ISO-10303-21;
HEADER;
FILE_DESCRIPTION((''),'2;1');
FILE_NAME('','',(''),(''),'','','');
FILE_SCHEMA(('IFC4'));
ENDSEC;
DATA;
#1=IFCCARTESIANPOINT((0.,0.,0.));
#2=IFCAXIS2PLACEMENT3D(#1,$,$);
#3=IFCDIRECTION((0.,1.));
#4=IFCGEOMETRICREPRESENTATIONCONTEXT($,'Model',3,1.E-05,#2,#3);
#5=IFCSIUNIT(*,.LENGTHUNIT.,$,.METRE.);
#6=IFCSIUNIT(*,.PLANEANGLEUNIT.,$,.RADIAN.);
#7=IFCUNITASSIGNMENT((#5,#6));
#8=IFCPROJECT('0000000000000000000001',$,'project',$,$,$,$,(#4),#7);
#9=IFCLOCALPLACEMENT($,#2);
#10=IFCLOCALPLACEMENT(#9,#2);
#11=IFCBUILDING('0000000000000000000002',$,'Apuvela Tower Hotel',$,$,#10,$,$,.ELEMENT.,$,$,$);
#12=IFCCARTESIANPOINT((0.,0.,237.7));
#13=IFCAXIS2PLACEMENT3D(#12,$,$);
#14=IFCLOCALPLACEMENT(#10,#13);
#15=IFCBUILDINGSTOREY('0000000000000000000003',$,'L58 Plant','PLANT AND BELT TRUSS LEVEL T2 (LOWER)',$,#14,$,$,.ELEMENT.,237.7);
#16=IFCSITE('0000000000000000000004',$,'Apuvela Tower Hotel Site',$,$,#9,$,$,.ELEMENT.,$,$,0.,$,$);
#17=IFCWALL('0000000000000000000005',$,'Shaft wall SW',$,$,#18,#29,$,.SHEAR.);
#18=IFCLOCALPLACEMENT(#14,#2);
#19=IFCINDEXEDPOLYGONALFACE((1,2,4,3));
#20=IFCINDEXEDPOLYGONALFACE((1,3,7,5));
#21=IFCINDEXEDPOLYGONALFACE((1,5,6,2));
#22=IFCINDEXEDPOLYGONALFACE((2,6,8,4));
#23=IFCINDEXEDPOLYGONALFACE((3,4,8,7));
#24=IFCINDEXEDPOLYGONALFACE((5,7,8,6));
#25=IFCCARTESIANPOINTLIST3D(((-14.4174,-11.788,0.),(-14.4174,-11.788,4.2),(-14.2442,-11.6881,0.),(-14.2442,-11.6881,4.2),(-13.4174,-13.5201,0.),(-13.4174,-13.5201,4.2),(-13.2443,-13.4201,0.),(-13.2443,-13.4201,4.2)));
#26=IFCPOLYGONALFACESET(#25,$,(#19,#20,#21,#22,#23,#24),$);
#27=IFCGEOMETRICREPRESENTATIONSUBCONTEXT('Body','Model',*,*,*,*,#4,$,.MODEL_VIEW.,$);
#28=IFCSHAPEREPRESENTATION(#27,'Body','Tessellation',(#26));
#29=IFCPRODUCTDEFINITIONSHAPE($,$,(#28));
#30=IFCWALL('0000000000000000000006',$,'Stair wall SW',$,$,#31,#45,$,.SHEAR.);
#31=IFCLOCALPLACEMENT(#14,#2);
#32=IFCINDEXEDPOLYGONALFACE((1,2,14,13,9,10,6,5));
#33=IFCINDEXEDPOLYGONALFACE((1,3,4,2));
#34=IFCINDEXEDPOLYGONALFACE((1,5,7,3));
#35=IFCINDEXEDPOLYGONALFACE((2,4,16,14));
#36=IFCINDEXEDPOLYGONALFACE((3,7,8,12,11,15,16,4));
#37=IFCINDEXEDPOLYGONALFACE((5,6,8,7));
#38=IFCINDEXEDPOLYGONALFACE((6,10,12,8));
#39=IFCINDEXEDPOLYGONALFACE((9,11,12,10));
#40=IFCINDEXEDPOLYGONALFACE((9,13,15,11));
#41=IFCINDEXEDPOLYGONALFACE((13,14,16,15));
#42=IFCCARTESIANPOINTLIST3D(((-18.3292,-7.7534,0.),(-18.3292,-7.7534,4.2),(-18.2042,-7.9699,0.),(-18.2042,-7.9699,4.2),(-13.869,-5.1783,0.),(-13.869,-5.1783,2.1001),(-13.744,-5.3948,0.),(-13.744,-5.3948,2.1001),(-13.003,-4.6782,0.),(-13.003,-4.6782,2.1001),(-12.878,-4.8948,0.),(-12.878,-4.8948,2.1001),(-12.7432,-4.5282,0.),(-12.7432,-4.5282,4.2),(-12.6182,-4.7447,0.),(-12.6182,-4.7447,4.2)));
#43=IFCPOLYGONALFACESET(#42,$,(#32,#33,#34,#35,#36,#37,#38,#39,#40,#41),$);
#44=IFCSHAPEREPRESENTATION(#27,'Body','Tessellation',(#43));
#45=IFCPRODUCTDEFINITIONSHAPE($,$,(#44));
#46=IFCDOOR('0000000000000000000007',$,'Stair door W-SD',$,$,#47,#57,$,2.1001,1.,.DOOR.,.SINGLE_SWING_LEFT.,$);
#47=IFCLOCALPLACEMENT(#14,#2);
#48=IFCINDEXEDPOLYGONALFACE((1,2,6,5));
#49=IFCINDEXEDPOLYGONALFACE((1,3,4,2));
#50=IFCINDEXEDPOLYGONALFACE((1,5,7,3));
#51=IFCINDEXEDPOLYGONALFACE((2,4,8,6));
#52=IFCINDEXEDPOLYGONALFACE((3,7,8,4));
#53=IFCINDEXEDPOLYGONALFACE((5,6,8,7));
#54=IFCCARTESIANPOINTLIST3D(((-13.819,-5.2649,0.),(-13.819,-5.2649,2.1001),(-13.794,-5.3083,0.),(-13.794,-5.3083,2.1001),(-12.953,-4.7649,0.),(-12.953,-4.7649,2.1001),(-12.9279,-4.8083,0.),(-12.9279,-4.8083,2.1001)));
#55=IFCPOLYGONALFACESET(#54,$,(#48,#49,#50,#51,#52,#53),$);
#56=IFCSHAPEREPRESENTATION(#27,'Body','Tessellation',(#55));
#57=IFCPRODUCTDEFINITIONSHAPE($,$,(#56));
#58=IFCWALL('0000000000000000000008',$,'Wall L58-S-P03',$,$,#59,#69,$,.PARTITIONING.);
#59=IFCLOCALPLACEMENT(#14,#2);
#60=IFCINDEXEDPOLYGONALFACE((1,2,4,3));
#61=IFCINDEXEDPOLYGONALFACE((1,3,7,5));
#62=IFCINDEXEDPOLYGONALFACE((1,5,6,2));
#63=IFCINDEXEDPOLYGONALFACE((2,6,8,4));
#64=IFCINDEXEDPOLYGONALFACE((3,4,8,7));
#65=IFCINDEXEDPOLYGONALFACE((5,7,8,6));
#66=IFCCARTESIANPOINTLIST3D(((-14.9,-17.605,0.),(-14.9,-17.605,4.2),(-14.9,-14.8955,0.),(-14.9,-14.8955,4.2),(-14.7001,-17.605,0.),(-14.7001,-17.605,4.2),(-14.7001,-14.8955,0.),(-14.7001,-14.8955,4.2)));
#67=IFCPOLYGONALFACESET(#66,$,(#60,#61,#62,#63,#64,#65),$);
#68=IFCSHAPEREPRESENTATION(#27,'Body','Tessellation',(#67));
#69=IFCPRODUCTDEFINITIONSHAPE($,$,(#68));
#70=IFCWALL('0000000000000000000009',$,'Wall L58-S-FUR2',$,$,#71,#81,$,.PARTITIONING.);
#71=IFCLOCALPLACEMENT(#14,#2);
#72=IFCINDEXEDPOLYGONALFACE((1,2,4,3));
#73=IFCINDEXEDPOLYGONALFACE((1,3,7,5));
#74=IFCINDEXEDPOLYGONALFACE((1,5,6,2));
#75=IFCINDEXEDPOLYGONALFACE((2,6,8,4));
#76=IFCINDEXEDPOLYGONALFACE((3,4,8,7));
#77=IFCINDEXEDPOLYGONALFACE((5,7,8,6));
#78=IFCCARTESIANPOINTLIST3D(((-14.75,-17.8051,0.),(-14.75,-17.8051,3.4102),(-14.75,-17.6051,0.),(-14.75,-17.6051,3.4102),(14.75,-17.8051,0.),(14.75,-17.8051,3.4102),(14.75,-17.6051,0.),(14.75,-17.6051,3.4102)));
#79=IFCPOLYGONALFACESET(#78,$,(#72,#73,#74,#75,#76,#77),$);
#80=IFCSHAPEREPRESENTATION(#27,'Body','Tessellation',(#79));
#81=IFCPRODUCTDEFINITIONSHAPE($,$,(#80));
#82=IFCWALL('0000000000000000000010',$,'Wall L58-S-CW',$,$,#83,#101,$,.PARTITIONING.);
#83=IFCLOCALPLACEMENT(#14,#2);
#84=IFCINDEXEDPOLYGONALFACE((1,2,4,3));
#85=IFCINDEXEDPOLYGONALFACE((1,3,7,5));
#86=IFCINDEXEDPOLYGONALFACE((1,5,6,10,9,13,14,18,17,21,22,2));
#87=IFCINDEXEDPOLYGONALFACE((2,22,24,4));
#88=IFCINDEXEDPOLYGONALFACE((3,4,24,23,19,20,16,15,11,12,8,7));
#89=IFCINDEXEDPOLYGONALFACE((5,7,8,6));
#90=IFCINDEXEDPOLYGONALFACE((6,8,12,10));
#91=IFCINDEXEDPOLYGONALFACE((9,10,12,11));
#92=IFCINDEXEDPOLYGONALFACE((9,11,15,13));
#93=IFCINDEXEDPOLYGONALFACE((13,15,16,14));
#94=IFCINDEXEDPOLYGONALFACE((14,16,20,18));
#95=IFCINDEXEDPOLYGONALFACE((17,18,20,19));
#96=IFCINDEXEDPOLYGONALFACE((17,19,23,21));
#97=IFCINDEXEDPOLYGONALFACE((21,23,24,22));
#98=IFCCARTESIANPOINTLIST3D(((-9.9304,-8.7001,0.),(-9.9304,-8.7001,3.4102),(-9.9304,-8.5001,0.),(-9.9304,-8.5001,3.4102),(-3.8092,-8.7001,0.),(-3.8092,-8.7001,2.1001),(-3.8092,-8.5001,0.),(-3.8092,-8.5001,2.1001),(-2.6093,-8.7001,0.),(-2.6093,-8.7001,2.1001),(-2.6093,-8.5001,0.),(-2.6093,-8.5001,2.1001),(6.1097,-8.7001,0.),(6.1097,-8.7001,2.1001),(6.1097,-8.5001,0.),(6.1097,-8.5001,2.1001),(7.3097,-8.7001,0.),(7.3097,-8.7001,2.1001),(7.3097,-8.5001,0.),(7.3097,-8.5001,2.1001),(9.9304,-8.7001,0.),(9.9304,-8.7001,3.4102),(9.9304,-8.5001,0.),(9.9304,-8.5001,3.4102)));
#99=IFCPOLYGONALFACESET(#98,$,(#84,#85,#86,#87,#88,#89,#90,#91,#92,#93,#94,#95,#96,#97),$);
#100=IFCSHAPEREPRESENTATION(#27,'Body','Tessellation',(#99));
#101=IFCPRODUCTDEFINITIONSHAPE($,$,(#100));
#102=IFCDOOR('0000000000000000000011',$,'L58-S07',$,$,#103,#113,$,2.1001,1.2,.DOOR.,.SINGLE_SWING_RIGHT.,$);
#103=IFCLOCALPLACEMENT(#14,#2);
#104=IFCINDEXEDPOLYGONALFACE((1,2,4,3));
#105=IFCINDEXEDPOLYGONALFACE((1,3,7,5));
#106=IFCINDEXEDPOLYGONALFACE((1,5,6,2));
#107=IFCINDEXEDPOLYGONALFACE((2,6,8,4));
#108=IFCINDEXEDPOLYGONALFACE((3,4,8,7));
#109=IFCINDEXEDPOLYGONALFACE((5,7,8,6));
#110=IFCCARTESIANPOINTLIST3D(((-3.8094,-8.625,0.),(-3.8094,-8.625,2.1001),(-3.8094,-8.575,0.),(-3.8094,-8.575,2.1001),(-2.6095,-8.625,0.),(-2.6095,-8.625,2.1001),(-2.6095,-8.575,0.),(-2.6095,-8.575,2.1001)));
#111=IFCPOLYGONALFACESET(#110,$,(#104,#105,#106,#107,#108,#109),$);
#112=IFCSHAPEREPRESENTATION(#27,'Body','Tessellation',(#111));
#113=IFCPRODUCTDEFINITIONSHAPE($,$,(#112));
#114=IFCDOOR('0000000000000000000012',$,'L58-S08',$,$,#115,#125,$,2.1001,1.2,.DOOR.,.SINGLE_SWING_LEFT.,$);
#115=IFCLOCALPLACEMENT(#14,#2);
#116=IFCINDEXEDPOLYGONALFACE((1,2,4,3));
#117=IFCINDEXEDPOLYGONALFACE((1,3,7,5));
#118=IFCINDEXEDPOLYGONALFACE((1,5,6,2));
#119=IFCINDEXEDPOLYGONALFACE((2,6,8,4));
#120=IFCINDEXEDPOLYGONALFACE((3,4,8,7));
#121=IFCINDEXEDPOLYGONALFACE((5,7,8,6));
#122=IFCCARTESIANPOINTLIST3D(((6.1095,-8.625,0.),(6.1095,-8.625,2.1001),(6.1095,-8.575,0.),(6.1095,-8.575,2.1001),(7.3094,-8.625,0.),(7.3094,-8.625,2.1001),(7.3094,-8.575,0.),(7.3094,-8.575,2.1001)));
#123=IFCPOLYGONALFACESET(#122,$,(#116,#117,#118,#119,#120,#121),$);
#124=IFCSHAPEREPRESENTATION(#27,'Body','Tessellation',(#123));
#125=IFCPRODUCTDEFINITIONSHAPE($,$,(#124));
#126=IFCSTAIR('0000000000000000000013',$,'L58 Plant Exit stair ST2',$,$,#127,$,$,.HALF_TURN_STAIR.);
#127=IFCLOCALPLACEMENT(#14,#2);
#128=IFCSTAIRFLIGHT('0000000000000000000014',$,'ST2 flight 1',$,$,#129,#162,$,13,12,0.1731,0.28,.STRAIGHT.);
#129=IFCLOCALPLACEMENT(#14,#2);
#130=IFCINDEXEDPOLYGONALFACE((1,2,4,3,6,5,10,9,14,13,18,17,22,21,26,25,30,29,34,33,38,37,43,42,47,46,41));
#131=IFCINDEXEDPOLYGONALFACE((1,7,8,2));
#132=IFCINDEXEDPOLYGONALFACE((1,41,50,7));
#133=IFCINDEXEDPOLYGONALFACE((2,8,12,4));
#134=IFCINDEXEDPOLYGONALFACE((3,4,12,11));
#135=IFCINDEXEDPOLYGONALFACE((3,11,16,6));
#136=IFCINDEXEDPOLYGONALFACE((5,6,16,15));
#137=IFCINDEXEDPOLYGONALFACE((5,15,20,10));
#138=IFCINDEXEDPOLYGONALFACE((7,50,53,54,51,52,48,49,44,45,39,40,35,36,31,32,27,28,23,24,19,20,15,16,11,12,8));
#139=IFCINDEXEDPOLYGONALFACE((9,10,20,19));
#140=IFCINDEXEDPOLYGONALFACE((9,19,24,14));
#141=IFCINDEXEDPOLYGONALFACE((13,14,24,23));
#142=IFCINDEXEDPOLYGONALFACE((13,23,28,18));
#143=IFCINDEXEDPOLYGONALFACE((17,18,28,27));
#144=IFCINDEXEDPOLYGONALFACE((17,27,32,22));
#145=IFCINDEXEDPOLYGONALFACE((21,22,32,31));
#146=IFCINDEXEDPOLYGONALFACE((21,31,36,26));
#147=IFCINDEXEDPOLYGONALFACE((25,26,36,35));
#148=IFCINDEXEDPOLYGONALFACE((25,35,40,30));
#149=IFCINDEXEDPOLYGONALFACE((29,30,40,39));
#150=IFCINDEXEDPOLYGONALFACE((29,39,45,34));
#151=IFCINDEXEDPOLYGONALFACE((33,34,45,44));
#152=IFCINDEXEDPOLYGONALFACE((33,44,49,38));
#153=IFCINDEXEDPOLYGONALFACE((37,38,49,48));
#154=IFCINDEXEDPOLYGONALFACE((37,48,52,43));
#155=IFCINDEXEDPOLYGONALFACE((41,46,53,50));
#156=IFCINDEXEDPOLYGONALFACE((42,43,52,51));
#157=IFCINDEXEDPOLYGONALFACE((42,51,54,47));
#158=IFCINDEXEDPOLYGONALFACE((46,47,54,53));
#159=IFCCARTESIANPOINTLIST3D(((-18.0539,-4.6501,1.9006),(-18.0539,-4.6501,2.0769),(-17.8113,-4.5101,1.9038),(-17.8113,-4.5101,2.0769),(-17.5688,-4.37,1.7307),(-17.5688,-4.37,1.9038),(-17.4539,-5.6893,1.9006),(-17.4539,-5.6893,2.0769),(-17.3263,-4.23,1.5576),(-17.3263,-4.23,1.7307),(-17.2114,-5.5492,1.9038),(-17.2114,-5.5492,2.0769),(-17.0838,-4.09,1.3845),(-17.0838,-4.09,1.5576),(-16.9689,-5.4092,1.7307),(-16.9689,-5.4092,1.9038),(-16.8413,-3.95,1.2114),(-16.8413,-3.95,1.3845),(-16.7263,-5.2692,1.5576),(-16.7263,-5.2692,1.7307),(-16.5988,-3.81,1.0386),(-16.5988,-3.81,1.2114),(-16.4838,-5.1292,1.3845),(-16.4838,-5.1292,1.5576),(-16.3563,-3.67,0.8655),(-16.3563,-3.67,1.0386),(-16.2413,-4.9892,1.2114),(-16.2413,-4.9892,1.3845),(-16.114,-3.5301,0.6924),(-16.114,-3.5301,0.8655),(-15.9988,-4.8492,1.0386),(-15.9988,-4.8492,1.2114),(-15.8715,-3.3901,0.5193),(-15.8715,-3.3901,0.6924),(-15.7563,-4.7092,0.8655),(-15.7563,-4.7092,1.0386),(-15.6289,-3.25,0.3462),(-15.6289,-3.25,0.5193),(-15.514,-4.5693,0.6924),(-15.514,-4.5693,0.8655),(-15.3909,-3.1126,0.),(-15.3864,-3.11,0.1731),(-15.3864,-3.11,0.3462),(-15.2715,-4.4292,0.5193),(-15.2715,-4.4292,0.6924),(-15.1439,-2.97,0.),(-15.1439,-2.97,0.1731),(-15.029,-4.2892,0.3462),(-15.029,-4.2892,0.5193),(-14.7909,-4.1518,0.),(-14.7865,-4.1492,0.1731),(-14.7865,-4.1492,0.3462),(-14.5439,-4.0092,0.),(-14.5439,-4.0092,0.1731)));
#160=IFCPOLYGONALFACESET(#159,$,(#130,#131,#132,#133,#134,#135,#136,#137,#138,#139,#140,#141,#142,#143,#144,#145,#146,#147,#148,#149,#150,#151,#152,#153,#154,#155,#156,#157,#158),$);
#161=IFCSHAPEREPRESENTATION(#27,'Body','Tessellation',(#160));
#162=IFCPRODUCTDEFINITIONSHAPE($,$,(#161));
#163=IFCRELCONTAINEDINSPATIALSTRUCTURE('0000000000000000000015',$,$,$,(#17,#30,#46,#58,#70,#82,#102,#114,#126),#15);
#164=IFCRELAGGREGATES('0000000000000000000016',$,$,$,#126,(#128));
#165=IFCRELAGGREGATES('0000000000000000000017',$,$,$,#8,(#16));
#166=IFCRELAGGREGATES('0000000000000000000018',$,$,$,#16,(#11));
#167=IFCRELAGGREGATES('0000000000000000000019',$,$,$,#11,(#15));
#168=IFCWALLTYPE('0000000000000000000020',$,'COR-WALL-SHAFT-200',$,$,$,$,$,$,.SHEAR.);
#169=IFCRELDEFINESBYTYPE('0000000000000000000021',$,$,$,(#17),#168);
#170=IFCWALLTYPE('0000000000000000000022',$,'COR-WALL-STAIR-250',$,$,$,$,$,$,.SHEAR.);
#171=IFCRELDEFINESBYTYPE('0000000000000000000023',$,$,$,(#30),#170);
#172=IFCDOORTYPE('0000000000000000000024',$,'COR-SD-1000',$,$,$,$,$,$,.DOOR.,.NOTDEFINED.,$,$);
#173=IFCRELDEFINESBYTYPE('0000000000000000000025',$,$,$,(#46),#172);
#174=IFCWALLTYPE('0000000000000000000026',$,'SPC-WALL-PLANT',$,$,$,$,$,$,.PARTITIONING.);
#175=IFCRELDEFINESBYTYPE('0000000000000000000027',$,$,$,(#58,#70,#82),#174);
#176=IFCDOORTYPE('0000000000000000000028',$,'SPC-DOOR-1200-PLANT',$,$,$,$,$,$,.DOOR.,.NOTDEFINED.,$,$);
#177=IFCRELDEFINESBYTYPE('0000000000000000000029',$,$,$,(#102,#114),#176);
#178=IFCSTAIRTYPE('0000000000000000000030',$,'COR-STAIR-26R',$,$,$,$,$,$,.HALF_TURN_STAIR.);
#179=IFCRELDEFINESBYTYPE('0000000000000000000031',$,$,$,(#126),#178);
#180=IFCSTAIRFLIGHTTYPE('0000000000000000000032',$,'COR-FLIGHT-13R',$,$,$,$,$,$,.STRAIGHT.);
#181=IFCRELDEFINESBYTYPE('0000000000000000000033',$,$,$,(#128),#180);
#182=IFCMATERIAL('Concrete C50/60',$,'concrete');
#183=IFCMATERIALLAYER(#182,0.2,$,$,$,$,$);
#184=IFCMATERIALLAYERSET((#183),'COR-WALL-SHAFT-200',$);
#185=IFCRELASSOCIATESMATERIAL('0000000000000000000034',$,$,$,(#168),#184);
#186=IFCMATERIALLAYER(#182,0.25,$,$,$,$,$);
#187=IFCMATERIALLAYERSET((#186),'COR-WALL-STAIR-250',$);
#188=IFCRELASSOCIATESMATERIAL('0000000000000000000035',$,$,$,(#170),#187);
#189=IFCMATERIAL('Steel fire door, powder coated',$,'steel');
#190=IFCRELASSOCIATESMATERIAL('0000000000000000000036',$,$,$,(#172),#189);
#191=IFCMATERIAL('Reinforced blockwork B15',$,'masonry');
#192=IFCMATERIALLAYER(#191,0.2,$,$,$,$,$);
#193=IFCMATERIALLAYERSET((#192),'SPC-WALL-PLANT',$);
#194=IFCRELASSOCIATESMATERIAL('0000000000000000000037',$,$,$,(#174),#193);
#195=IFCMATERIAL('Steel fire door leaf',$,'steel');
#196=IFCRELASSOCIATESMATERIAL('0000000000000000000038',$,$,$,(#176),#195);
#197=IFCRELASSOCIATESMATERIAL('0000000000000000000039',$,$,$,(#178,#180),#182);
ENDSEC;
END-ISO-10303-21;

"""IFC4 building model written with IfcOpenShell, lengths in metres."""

from ifc_helpers import new_model, si_unit, direction, frame, frame_2d, origin, place, context, subcontext, project, spatial, polyline, rectangle, outline, extrude, material, layer, layer_set, type_object, element, fill, aggregate, save


model = new_model("IFC4")

# Units and contexts
model_context = context("Model", 3, precision=1e-05, world=origin(), true_north=direction((0.0, 1.0)))
body_context = subcontext(model_context, "Body", "Model", "MODEL_VIEW")
ifc_project = project(units=[si_unit("LENGTHUNIT", "METRE"), si_unit("PLANEANGLEUNIT", "RADIAN")], contexts=[model_context])

# Site, building, storey
site_placement = place(None, origin())
site = spatial("IfcSite", under=ifc_project, at=site_placement, Name="Apuvela Tower Hotel Site", CompositionType="ELEMENT", RefElevation=0.0)
building_placement = place(site_placement, origin())
building = spatial("IfcBuilding", under=site, at=building_placement, Name="Apuvela Tower Hotel", CompositionType="ELEMENT")
storey_placement = place(building_placement, frame((0.0, 0.0, 237.7)))
storey = spatial("IfcBuildingStorey", under=building, at=storey_placement, Name="L58 Plant", Description="PLANT AND BELT TRUSS LEVEL T2 (LOWER)", CompositionType="ELEMENT", Elevation=237.7)

# Shared definitions
ifc_material_1 = material(Name="Concrete C50/60", Category="concrete")

# Shared definitions
ifc_layer_1 = layer(ifc_material_1, 0.2)
ifc_layer_set_1 = layer_set([ifc_layer_1], Name="COR-WALL-SHAFT-200")
wall_type_1 = type_object("IfcWallType", Name="COR-WALL-SHAFT-200", PredefinedType="SHEAR", material=ifc_layer_set_1)

# Wall
for number, where, z_axis, x_axis, name in (
    (1, (-14.3308, -11.738, 0.0), (0.0, 0.0, 1.0), (0.499973, -0.866041, 0.0), "Shaft wall SW"),
):
    element("IfcWall", number, at=place(storey_placement, frame(where, z_axis=z_axis, x_axis=x_axis)), inside=storey, type_object=wall_type_1, Name=name, PredefinedType="SHEAR", context=body_context, shape_type="SweptSolid", body=[
        extrude(rectangle(XDim=2.0, YDim=0.2, at=frame_2d((1.0, 0.0))), origin(), (0.0, 0.0, 1.0), 4.2),
    ])

# Wall, opening, door
ifc_layer_2 = layer(ifc_material_1, 0.25)
ifc_layer_set_2 = layer_set([ifc_layer_2], Name="COR-WALL-STAIR-250")
wall_type_2 = type_object("IfcWallType", Name="COR-WALL-STAIR-250", PredefinedType="SHEAR", material=ifc_layer_set_2)
wall_1_placement = place(storey_placement, frame((-12.6807, -4.6365, 0.0), z_axis=(0.0, 0.0, 1.0), x_axis=(-0.866022, -0.500006, 0.0)))
wall_1 = element("IfcWall", 2, at=wall_1_placement, inside=storey, type_object=wall_type_2, Name="Stair wall SW", PredefinedType="SHEAR", context=body_context, shape_type="SweptSolid", body=[
    extrude(rectangle(XDim=6.4502, YDim=0.25, at=frame_2d((3.2251, 0.0))), origin(), (0.0, 0.0, 1.0), 4.2),
])
opening_1_placement = place(wall_1_placement, frame((0.3, 0.0, 0.0)))
opening_1 = element("IfcOpeningElement", 3, at=opening_1_placement, cuts=wall_1, PredefinedType="OPENING", context=body_context, shape_type="SweptSolid", body=[
    extrude(rectangle(XDim=1.0, YDim=2.1001, at=frame_2d((0.5, 1.05))), frame((0.0, 0.135, 0.0), z_axis=(0.0, -1.0, 0.0), x_axis=(1.0, 0.0, 0.0)), (0.0, 0.0, 1.0), 0.27),
])
ifc_material_2 = material(Name="Steel fire door, powder coated", Category="steel")
door_type_1 = type_object("IfcDoorType", Name="COR-SD-1000", OperationType="NOTDEFINED", PredefinedType="DOOR", material=ifc_material_2)
door_1_placement = place(opening_1_placement, frame((1.0, 0.0, 0.0), z_axis=(0.0, 0.0, 1.0), x_axis=(-1.0, 0.0, 0.0)))
door_1 = element("IfcDoor", 4, at=door_1_placement, inside=storey, type_object=door_type_1, Name="Stair door W-SD", OperationType="SINGLE_SWING_LEFT", OverallHeight=2.1001, OverallWidth=1.0, PredefinedType="DOOR", context=body_context, shape_type="SweptSolid", body=[
    extrude(rectangle(XDim=1.0, YDim=2.1001, at=frame_2d((0.5, 1.05))), frame((0.0, 0.0249, 0.0), z_axis=(0.0, -1.0, 0.0), x_axis=(1.0, 0.0, 0.0)), (0.0, 0.0, 1.0), 0.05),
])
fill(opening_1, door_1)

# Walls
ifc_material_3 = material(Name="Reinforced blockwork B15", Category="masonry")
ifc_layer_3 = layer(ifc_material_3, 0.2)
ifc_layer_set_3 = layer_set([ifc_layer_3], Name="SPC-WALL-PLANT")
wall_type_3 = type_object("IfcWallType", Name="SPC-WALL-PLANT", PredefinedType="PARTITIONING", material=ifc_layer_set_3)
wall_2_placement = place(storey_placement, frame((-14.8, -17.605, 0.0), z_axis=(0.0, 0.0, 1.0), x_axis=(0.0, 1.0, 0.0)))
element("IfcWall", 5, at=wall_2_placement, inside=storey, type_object=wall_type_3, Name="Wall L58-S-P03", PredefinedType="PARTITIONING", context=body_context, shape_type="SweptSolid", body=[
    extrude(rectangle(XDim=2.7095, YDim=0.2, at=frame_2d((1.3547, 0.0))), origin(), (0.0, 0.0, 1.0), 4.2),
])
wall_3_placement = place(storey_placement, frame((-14.75, -17.7051, 0.0), z_axis=(0.0, 0.0, 1.0), x_axis=(1.0, 0.0, 0.0)))
element("IfcWall", 6, at=wall_3_placement, inside=storey, type_object=wall_type_3, Name="Wall L58-S-FUR2", PredefinedType="PARTITIONING", context=body_context, shape_type="SweptSolid", body=[
    extrude(rectangle(XDim=29.5, YDim=0.2, at=frame_2d((14.75, 0.0))), origin(), (0.0, 0.0, 1.0), 3.4102),
])

# Wall, openings, doors
wall_4_placement = place(storey_placement, frame((-9.9304, -8.6001, 0.0), z_axis=(0.0, 0.0, 1.0), x_axis=(1.0, 0.0, 0.0)))
wall_4 = element("IfcWall", 7, at=wall_4_placement, inside=storey, type_object=wall_type_3, Name="Wall L58-S-CW", PredefinedType="PARTITIONING", context=body_context, shape_type="SweptSolid", body=[
    extrude(rectangle(XDim=19.8608, YDim=0.2, at=frame_2d((9.9304, 0.0))), origin(), (0.0, 0.0, 1.0), 3.4102),
])
opening_2_placement = place(wall_4_placement, frame((6.1211, 0.0, 0.0)))
opening_2 = element("IfcOpeningElement", 8, at=opening_2_placement, cuts=wall_4, PredefinedType="OPENING", context=body_context, shape_type="SweptSolid", body=[
    extrude(rectangle(XDim=1.2, YDim=2.1001, at=frame_2d((0.6001, 1.05))), frame((0.0, 0.1099, 0.0), z_axis=(0.0, -1.0, 0.0), x_axis=(1.0, 0.0, 0.0)), (0.0, 0.0, 1.0), 0.22),
])
opening_3_placement = place(wall_4_placement, frame((16.04, 0.0, 0.0)))
opening_3 = element("IfcOpeningElement", 9, at=opening_3_placement, cuts=wall_4, PredefinedType="OPENING", context=body_context, shape_type="SweptSolid", body=[
    extrude(rectangle(XDim=1.2, YDim=2.1001, at=frame_2d((0.6001, 1.05))), frame((0.0, 0.1099, 0.0), z_axis=(0.0, -1.0, 0.0), x_axis=(1.0, 0.0, 0.0)), (0.0, 0.0, 1.0), 0.22),
])
ifc_material_4 = material(Name="Steel fire door leaf", Category="steel")
door_type_2 = type_object("IfcDoorType", Name="SPC-DOOR-1200-PLANT", OperationType="NOTDEFINED", PredefinedType="DOOR", material=ifc_material_4)
door_2_placement = place(opening_2_placement, frame((1.2, 0.0, 0.0), z_axis=(0.0, 0.0, 1.0), x_axis=(-1.0, 0.0, 0.0)))
door_2 = element("IfcDoor", 10, at=door_2_placement, inside=storey, type_object=door_type_2, Name="L58-S07", OperationType="SINGLE_SWING_RIGHT", OverallHeight=2.1001, OverallWidth=1.2, PredefinedType="DOOR", context=body_context, shape_type="SweptSolid", body=[
    extrude(rectangle(XDim=1.2, YDim=2.1001, at=frame_2d((0.6001, 1.05))), frame((0.0, 0.0249, 0.0), z_axis=(0.0, -1.0, 0.0), x_axis=(1.0, 0.0, 0.0)), (0.0, 0.0, 1.0), 0.05),
])
fill(opening_2, door_2)
door_3_placement = place(opening_3_placement, frame((1.2, 0.0, 0.0), z_axis=(0.0, 0.0, 1.0), x_axis=(-1.0, 0.0, 0.0)))
door_3 = element("IfcDoor", 11, at=door_3_placement, inside=storey, type_object=door_type_2, Name="L58-S08", OperationType="SINGLE_SWING_LEFT", OverallHeight=2.1001, OverallWidth=1.2, PredefinedType="DOOR", context=body_context, shape_type="SweptSolid", body=[
    extrude(rectangle(XDim=1.2, YDim=2.1001, at=frame_2d((0.6001, 1.05))), frame((0.0, 0.0249, 0.0), z_axis=(0.0, -1.0, 0.0), x_axis=(1.0, 0.0, 0.0)), (0.0, 0.0, 1.0), 0.05),
])
fill(opening_3, door_3)

# Stair, stair flight
stair_type = type_object("IfcStairType", Name="COR-STAIR-26R", PredefinedType="HALF_TURN_STAIR", material=ifc_material_1)
stair_placement = place(storey_placement, origin())
stair = element("IfcStair", 12, at=stair_placement, inside=storey, type_object=stair_type, Name="L58 Plant Exit stair ST2", PredefinedType="HALF_TURN_STAIR")
stair_flight_type = type_object("IfcStairFlightType", Name="COR-FLIGHT-13R", PredefinedType="STRAIGHT", material=ifc_material_1)
stair_flight_placement = place(storey_placement, frame((-14.844, -3.4895, 0.0), z_axis=(0.0, 0.0, 1.0), x_axis=(-0.866025, -0.5, 0.0)))
stair_flight = element("IfcStairFlight", 13, at=stair_flight_placement, type_object=stair_flight_type, Name="ST2 flight 1", NumberOfRisers=13, NumberOfTreads=12, PredefinedType="STRAIGHT", RiserHeight=0.1731, TreadLength=0.28, context=body_context, shape_type="SweptSolid", body=[
    extrude(outline(polyline([(0.0, 0.0), (0.0, 0.1731), (0.28, 0.1731), (0.28, 0.3462), (0.5601, 0.3462), (0.5601, 0.5193), (0.8401, 0.5193), (0.8401, 0.6924), (1.1201, 0.6924), (1.1201, 0.8655), (1.3999, 0.8655), (1.3999, 1.0386), (1.6799, 1.0386), (1.6799, 1.2114), (1.96, 1.2114), (1.96, 1.3845), (2.24, 1.3845), (2.24, 1.5576), (2.52, 1.5576), (2.52, 1.7307), (2.8, 1.7307), (2.8, 1.9038), (3.0801, 1.9038), (3.0801, 2.0769), (3.3601, 2.0769), (3.3601, 2.25), (3.3601, 1.9006), (0.2852, 0.0), (0.0, 0.0)])), frame((0.0, 0.6001, 0.0), z_axis=(0.0, -1.0, 0.0), x_axis=(1.0, 0.0, 0.0)), (0.0, 0.0, 1.0), 1.2),
])
aggregate(stair, [stair_flight])

save(model, "model.ifc")
